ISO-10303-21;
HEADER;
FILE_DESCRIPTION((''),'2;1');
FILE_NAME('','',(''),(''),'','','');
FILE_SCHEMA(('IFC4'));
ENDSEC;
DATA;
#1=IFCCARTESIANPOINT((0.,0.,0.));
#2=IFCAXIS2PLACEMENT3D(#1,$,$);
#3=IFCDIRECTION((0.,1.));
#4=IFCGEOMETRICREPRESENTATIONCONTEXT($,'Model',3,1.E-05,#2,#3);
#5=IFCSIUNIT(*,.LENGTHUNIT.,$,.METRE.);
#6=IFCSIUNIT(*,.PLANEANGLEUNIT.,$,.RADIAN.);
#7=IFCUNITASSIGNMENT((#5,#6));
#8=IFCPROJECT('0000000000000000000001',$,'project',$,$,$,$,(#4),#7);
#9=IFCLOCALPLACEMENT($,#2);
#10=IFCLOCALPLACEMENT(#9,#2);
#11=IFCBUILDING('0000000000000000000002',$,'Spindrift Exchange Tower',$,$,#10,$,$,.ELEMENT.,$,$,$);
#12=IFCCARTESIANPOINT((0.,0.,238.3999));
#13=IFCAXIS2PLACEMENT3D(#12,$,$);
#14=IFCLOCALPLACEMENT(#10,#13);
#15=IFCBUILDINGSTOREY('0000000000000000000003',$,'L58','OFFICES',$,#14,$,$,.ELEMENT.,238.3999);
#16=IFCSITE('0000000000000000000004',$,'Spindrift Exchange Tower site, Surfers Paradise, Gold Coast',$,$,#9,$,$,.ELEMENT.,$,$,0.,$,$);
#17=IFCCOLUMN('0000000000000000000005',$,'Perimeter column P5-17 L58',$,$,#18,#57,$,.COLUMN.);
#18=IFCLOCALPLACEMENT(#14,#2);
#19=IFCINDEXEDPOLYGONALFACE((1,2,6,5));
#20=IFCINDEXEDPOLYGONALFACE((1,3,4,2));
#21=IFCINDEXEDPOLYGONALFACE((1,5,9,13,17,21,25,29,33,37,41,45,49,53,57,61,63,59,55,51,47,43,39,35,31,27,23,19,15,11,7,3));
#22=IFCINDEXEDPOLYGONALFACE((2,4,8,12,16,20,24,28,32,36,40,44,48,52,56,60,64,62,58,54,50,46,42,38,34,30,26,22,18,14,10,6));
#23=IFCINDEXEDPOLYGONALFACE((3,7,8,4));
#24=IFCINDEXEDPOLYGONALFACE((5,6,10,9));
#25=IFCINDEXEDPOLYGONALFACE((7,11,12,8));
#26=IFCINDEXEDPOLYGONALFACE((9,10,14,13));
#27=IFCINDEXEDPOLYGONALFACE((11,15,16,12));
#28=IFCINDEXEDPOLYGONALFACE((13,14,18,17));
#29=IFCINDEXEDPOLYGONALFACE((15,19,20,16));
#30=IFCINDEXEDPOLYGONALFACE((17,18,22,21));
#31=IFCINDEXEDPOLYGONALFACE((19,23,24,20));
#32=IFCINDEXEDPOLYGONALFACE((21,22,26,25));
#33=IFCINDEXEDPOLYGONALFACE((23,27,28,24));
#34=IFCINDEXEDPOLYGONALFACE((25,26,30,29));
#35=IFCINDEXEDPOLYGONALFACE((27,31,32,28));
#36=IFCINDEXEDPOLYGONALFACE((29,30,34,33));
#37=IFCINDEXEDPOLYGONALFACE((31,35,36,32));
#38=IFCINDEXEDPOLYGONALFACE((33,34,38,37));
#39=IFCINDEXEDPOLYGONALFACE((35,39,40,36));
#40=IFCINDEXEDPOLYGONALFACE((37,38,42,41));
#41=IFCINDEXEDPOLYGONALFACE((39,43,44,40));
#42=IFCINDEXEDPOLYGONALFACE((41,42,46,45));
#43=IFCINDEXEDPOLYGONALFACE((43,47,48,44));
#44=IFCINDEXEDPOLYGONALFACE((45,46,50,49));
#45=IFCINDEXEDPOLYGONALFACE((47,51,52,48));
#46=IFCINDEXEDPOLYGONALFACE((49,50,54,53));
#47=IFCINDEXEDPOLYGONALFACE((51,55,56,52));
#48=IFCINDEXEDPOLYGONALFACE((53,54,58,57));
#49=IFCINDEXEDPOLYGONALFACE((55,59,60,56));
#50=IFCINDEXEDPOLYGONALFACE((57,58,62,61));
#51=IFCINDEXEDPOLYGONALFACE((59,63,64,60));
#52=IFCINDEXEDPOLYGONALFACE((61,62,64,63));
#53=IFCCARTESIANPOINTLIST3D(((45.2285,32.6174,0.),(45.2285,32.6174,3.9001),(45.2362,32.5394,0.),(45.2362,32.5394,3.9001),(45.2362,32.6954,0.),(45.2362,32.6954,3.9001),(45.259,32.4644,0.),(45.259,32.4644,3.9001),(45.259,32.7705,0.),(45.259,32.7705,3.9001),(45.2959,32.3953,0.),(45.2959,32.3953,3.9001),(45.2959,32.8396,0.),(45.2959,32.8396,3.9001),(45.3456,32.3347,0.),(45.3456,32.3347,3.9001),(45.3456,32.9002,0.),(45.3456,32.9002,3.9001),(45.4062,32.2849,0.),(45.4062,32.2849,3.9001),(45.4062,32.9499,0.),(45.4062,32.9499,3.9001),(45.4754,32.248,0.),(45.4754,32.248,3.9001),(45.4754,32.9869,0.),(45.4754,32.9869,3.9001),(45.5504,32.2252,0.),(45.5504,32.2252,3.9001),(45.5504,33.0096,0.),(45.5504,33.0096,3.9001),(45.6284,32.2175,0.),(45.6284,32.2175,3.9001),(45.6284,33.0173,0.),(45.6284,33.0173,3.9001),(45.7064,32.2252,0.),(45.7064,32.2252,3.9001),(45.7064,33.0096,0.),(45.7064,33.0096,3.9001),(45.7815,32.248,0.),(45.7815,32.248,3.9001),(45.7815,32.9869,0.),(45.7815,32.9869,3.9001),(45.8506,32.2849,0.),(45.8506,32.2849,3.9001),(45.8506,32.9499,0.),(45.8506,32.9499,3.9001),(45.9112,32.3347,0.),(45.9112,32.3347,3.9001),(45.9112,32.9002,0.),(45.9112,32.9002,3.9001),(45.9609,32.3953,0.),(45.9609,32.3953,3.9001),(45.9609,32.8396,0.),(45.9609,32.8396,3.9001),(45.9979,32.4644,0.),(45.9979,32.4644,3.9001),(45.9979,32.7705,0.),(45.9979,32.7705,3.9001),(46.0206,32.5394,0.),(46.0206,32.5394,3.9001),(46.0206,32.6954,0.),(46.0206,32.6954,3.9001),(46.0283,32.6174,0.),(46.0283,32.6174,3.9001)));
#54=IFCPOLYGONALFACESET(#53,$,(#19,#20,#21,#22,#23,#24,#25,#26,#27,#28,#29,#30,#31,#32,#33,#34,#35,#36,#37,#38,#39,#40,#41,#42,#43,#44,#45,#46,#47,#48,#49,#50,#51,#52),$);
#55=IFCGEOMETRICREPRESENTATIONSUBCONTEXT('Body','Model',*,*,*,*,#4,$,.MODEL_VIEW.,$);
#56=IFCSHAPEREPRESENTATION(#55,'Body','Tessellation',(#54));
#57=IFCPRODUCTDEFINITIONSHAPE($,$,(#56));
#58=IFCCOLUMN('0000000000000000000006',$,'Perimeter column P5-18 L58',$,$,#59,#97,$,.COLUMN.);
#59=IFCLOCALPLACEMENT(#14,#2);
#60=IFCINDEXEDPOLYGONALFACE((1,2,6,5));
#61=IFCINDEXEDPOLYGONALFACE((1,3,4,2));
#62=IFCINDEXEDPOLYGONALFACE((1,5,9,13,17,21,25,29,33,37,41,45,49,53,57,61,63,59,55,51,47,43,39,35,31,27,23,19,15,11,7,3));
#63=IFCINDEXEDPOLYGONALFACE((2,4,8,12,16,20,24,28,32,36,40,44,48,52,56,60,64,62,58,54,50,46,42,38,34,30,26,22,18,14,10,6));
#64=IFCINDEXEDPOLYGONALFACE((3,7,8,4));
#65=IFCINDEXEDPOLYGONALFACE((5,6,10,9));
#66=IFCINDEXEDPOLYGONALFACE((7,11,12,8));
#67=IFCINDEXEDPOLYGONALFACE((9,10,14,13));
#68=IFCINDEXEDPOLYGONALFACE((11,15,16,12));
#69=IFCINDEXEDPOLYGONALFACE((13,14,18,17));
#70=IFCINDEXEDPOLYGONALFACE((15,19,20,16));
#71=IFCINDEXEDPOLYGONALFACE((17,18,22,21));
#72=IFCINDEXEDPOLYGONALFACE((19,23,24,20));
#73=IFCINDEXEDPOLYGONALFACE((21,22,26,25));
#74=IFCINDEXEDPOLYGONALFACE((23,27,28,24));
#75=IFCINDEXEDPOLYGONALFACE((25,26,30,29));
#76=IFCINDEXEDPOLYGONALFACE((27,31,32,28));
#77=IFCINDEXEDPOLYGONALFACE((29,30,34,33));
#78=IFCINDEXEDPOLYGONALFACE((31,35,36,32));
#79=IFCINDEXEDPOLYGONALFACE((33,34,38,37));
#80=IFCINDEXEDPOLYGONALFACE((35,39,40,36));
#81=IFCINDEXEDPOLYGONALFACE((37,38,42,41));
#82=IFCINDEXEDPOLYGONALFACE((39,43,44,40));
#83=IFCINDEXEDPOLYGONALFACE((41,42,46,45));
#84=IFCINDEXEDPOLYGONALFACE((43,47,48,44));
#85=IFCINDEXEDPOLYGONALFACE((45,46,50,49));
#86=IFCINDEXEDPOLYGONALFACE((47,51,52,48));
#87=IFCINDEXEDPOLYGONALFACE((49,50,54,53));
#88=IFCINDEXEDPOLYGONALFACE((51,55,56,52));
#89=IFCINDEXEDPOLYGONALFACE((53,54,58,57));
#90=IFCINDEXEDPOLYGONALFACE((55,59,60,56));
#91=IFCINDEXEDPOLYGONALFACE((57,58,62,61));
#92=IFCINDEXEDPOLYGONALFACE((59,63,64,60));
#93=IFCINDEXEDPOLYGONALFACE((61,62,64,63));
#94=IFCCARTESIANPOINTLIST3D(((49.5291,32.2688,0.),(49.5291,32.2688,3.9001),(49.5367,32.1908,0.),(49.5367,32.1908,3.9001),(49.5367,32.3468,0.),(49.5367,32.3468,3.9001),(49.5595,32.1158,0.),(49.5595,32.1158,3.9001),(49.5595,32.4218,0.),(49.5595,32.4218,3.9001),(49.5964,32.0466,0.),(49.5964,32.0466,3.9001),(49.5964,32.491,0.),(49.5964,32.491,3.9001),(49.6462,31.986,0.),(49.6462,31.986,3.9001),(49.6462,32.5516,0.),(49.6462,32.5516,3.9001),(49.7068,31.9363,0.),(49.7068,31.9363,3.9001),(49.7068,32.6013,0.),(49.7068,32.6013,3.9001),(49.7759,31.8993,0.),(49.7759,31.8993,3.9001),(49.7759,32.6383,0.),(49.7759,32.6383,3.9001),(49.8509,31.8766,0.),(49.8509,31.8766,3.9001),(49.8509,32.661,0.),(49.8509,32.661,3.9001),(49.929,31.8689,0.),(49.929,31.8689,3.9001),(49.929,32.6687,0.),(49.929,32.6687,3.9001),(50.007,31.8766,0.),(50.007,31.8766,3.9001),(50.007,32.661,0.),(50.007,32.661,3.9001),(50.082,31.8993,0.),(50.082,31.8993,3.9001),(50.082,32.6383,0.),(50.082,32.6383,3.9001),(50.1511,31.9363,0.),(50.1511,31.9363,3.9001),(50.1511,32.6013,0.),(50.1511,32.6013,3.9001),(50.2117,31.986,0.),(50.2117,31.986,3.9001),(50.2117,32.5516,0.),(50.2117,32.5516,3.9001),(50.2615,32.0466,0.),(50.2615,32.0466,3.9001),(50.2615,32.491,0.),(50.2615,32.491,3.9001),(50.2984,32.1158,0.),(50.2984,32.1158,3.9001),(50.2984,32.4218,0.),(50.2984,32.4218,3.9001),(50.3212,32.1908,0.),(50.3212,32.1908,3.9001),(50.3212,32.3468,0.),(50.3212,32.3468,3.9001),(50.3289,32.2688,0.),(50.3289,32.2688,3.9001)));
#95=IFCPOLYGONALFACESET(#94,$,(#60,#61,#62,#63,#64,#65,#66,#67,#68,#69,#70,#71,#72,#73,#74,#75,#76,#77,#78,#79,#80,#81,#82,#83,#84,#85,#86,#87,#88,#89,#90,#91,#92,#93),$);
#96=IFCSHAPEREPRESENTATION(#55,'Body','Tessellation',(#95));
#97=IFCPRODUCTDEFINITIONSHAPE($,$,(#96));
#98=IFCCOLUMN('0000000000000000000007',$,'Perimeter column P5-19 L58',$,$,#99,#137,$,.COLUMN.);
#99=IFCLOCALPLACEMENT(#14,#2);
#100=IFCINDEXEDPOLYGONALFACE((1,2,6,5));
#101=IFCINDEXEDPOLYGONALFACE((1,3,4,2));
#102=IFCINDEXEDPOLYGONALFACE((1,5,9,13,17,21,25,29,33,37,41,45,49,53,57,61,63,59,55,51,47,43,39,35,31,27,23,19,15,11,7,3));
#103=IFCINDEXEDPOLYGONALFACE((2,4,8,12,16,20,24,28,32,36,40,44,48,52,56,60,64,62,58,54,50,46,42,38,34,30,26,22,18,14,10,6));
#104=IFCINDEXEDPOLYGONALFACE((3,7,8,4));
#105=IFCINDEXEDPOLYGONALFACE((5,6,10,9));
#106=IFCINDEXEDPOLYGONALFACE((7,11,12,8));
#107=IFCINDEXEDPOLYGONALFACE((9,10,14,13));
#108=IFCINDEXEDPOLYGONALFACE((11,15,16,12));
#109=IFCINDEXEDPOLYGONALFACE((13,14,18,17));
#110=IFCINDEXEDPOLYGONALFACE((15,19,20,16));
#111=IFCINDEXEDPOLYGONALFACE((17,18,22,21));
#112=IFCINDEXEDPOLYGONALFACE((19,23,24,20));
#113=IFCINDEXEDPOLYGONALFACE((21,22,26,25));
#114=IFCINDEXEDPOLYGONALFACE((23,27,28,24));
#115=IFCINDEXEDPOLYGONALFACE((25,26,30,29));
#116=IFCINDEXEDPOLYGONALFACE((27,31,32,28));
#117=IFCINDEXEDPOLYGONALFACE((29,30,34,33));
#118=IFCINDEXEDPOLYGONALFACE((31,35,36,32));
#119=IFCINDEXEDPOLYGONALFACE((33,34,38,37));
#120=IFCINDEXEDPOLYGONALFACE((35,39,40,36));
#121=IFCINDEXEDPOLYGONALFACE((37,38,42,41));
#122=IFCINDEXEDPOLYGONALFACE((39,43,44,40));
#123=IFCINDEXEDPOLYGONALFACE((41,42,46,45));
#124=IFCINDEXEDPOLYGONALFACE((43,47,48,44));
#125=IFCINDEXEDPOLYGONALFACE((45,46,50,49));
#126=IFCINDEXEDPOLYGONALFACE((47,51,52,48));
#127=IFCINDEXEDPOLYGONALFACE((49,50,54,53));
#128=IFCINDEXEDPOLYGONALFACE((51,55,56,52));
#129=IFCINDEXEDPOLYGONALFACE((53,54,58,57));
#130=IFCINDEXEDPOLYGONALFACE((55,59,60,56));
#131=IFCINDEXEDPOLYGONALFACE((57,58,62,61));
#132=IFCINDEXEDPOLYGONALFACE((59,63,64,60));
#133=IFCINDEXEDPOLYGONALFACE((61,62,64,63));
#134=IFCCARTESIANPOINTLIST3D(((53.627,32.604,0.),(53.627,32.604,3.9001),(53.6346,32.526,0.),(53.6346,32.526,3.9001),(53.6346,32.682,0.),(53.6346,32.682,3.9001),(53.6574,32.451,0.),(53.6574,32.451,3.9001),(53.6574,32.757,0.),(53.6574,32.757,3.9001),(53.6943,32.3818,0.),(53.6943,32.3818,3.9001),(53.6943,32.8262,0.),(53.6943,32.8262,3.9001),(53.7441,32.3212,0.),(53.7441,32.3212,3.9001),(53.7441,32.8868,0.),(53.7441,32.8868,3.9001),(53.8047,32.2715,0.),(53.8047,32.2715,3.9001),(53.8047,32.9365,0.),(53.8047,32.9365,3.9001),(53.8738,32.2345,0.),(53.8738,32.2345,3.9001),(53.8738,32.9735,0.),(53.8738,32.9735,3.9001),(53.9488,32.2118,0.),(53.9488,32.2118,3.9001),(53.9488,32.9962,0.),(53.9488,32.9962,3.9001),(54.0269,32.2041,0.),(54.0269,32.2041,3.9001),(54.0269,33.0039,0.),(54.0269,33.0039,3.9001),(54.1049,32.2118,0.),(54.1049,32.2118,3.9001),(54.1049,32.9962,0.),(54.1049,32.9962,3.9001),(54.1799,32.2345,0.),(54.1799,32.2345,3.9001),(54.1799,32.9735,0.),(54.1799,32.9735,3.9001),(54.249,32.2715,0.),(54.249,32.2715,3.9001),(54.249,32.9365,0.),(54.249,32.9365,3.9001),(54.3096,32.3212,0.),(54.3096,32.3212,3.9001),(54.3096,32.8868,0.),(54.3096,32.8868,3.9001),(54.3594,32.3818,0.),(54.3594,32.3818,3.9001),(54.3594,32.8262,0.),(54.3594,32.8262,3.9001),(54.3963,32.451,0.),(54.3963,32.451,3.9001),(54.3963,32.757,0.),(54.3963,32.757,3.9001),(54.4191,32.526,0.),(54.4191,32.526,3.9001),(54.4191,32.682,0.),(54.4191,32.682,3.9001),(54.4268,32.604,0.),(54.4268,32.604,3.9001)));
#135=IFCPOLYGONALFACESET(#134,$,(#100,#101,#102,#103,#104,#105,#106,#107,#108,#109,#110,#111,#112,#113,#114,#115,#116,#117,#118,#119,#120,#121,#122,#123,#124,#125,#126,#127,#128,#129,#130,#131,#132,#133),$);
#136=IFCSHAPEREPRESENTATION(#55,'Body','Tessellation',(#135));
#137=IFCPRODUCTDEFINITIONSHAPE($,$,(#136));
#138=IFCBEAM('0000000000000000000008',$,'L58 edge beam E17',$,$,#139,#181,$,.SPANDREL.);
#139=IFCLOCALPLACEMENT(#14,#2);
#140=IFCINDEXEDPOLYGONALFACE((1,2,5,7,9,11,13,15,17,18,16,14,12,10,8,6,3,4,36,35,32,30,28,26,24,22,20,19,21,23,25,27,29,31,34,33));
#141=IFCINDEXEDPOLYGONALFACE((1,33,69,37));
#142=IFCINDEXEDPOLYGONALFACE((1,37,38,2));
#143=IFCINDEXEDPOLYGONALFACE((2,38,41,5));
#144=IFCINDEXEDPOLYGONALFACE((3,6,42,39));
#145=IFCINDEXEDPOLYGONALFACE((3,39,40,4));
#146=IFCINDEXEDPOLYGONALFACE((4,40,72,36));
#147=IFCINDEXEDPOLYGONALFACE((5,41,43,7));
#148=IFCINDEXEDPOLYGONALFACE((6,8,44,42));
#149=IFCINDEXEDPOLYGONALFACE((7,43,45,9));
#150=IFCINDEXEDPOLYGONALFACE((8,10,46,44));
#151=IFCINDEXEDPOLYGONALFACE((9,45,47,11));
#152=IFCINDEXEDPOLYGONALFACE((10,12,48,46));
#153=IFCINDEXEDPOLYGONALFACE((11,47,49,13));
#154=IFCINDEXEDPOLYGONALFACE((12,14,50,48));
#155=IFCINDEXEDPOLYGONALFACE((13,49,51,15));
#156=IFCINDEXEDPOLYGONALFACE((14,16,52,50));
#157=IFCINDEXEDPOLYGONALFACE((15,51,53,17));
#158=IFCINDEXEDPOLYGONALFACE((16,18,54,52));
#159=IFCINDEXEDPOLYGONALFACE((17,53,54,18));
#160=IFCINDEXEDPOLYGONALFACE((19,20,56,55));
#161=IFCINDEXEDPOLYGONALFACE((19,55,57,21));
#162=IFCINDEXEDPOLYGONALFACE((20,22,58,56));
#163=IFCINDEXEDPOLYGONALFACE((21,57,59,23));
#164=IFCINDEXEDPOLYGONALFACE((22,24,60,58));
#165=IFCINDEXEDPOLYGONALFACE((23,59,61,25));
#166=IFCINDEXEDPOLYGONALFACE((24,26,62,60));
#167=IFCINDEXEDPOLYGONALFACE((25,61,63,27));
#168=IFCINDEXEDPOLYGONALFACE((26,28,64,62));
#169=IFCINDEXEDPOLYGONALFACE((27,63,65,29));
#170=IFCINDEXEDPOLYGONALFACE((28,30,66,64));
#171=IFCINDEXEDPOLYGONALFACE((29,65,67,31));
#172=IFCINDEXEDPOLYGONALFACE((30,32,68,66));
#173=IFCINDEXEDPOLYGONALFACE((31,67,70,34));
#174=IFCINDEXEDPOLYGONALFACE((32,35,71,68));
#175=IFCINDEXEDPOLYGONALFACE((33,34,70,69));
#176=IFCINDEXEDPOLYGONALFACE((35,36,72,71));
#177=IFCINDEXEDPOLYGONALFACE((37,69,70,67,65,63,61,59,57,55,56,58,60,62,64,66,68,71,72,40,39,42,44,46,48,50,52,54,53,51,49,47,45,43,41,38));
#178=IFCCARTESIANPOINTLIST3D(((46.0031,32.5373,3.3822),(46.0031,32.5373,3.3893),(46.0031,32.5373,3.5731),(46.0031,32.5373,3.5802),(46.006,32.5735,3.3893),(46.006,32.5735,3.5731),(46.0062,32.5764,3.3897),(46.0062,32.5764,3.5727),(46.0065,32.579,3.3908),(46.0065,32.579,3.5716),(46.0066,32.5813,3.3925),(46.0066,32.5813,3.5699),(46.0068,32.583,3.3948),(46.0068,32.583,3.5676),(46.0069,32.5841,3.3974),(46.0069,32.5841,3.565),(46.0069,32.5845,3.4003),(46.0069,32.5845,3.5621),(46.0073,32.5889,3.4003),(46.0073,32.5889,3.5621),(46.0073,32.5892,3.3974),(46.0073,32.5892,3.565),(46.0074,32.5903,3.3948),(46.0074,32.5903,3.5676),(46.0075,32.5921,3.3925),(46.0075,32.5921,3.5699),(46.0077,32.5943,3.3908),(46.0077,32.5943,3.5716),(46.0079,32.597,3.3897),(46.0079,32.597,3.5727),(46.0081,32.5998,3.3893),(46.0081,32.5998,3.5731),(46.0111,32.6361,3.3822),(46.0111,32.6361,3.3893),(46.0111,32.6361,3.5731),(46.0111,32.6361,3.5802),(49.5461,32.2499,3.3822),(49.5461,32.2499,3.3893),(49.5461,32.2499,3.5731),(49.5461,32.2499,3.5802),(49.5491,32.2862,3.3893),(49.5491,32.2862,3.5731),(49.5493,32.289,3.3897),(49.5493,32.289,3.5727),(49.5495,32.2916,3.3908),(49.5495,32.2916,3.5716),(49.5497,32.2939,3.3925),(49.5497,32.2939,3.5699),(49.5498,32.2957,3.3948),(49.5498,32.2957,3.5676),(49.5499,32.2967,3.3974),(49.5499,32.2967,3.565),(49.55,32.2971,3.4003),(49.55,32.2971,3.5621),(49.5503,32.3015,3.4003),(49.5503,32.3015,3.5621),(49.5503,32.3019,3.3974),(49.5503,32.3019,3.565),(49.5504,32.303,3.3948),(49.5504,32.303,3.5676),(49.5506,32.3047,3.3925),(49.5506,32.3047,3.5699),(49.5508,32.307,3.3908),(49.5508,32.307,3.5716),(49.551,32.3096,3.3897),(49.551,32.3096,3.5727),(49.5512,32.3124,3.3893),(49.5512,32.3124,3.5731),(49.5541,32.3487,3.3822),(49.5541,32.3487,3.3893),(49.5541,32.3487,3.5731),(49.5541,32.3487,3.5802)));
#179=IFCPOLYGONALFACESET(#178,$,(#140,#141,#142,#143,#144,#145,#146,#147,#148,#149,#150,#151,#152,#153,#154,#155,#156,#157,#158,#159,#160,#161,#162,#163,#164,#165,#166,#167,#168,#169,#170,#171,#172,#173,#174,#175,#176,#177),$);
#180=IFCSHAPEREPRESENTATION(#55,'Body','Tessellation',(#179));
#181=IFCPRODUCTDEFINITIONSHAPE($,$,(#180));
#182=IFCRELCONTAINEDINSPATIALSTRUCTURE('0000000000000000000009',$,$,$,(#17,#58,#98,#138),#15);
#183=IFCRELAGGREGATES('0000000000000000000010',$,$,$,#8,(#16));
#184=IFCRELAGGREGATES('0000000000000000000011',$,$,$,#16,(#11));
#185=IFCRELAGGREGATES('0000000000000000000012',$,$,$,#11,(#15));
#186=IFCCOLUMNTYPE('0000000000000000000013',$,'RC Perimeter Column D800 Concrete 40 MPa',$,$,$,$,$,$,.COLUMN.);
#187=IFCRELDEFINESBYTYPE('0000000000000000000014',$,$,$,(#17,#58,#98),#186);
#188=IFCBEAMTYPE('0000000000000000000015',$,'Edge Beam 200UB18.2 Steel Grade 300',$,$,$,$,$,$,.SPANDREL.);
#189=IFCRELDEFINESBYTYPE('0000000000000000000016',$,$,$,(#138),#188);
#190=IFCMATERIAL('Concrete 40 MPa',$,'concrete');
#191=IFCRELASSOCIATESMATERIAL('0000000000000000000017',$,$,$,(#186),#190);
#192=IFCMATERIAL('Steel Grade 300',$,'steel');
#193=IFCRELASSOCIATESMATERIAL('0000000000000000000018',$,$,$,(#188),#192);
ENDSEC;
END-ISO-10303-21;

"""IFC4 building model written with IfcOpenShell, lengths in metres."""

from ifc_helpers import new_model, si_unit, direction, frame, origin, origin_2d, place, context, subcontext, project, spatial, circle, i_section, extrude, source, transform, mapped, material, material_profile, profile_set, type_object, element, save


model = new_model("IFC4")

# Units and contexts
model_context = context("Model", 3, precision=1e-05, world=origin(), true_north=direction((0.0, 1.0)))
body_context = subcontext(model_context, "Body", "Model", "MODEL_VIEW")
ifc_project = project(units=[si_unit("LENGTHUNIT", "METRE"), si_unit("PLANEANGLEUNIT", "RADIAN")], contexts=[model_context])

# Site, building, storey
site_placement = place(None, origin())
site = spatial("IfcSite", under=ifc_project, at=site_placement, Name="Spindrift Exchange Tower site, Surfers Paradise, Gold Coast", CompositionType="ELEMENT", RefElevation=0.0)
building_placement = place(site_placement, origin())
building = spatial("IfcBuilding", under=site, at=building_placement, Name="Spindrift Exchange Tower", CompositionType="ELEMENT")
storey_placement = place(building_placement, frame((0.0, 0.0, 238.3999)))
storey = spatial("IfcBuildingStorey", under=building, at=storey_placement, Name="L58", Description="OFFICES", CompositionType="ELEMENT", Elevation=238.3999)

# Columns
ifc_material_1 = material(Name="Concrete 40 MPa", Category="concrete")
ifc_material_profile_1 = material_profile(ifc_material_1, circle(Radius=0.3999, at=origin_2d()), Name="RC D800")
ifc_profile_set_1 = profile_set([ifc_material_profile_1], Name="Concrete 40 MPa")
column_type = type_object("IfcColumnType", Name="RC Perimeter Column D800 Concrete 40 MPa", PredefinedType="COLUMN", material=ifc_profile_set_1)
shared_shape_1 = source(origin(), body_context, "Body", "SweptSolid", [
    extrude(circle(Radius=0.3999, at=origin_2d()), origin(), (0.0, 0.0, 1.0), 3.9001),
])
for number, where, z_axis, x_axis, name in (
    (1, (45.6284, 32.6174, 0.0), (0.0, 0.0, 1.0), (1.0, 0.0, 0.0), "Perimeter column P5-17 L58"),
    (2, (49.929, 32.2688, 0.0), (0.0, 0.0, 1.0), (1.0, 0.0, 0.0), "Perimeter column P5-18 L58"),
    (3, (54.0269, 32.604, 0.0), (0.0, 0.0, 1.0), (1.0, 0.0, 0.0), "Perimeter column P5-19 L58"),
):
    element("IfcColumn", number, at=place(storey_placement, frame(where, z_axis=z_axis, x_axis=x_axis)), inside=storey, type_object=column_type, Name=name, PredefinedType="COLUMN", context=body_context, shape_type="MappedRepresentation", body=[
        mapped(shared_shape_1, transform((0.0, 0.0, 0.0), scale=1.0)),
    ])

# Beam
ifc_material_2 = material(Name="Steel Grade 300", Category="steel")
ifc_material_profile_2 = material_profile(ifc_material_2, i_section(OverallWidth=0.0991, OverallDepth=0.198, WebThickness=0.0044, FlangeThickness=0.0071, FilletRadius=0.011, at=origin_2d()), Name="200UB18.2")
ifc_profile_set_2 = profile_set([ifc_material_profile_2], Name="Steel Grade 300")
beam_type_1 = type_object("IfcBeamType", Name="Edge Beam 200UB18.2 Steel Grade 300", PredefinedType="SPANDREL", material=ifc_profile_set_2)
shared_shape_2 = source(origin(), body_context, "Body", "SweptSolid", [
    extrude(i_section(OverallWidth=0.0991, OverallDepth=0.198, WebThickness=0.0044, FlangeThickness=0.0071, FilletRadius=0.011, at=origin_2d()), origin(), (0.0, 0.0, 1.0), 3.5547),
])
beam_1_placement = place(storey_placement, frame((46.0071, 32.5867, 3.4812), z_axis=(0.996727, -0.08084, 0.0), x_axis=(0.08084, 0.996727, 0.0)))
element("IfcBeam", 4, at=beam_1_placement, inside=storey, type_object=beam_type_1, Name="L58 edge beam E17", PredefinedType="SPANDREL", context=body_context, shape_type="MappedRepresentation", body=[
    mapped(shared_shape_2, transform((0.0, 0.0, 0.0), scale=1.0)),
])

save(model, "model.ifc")
